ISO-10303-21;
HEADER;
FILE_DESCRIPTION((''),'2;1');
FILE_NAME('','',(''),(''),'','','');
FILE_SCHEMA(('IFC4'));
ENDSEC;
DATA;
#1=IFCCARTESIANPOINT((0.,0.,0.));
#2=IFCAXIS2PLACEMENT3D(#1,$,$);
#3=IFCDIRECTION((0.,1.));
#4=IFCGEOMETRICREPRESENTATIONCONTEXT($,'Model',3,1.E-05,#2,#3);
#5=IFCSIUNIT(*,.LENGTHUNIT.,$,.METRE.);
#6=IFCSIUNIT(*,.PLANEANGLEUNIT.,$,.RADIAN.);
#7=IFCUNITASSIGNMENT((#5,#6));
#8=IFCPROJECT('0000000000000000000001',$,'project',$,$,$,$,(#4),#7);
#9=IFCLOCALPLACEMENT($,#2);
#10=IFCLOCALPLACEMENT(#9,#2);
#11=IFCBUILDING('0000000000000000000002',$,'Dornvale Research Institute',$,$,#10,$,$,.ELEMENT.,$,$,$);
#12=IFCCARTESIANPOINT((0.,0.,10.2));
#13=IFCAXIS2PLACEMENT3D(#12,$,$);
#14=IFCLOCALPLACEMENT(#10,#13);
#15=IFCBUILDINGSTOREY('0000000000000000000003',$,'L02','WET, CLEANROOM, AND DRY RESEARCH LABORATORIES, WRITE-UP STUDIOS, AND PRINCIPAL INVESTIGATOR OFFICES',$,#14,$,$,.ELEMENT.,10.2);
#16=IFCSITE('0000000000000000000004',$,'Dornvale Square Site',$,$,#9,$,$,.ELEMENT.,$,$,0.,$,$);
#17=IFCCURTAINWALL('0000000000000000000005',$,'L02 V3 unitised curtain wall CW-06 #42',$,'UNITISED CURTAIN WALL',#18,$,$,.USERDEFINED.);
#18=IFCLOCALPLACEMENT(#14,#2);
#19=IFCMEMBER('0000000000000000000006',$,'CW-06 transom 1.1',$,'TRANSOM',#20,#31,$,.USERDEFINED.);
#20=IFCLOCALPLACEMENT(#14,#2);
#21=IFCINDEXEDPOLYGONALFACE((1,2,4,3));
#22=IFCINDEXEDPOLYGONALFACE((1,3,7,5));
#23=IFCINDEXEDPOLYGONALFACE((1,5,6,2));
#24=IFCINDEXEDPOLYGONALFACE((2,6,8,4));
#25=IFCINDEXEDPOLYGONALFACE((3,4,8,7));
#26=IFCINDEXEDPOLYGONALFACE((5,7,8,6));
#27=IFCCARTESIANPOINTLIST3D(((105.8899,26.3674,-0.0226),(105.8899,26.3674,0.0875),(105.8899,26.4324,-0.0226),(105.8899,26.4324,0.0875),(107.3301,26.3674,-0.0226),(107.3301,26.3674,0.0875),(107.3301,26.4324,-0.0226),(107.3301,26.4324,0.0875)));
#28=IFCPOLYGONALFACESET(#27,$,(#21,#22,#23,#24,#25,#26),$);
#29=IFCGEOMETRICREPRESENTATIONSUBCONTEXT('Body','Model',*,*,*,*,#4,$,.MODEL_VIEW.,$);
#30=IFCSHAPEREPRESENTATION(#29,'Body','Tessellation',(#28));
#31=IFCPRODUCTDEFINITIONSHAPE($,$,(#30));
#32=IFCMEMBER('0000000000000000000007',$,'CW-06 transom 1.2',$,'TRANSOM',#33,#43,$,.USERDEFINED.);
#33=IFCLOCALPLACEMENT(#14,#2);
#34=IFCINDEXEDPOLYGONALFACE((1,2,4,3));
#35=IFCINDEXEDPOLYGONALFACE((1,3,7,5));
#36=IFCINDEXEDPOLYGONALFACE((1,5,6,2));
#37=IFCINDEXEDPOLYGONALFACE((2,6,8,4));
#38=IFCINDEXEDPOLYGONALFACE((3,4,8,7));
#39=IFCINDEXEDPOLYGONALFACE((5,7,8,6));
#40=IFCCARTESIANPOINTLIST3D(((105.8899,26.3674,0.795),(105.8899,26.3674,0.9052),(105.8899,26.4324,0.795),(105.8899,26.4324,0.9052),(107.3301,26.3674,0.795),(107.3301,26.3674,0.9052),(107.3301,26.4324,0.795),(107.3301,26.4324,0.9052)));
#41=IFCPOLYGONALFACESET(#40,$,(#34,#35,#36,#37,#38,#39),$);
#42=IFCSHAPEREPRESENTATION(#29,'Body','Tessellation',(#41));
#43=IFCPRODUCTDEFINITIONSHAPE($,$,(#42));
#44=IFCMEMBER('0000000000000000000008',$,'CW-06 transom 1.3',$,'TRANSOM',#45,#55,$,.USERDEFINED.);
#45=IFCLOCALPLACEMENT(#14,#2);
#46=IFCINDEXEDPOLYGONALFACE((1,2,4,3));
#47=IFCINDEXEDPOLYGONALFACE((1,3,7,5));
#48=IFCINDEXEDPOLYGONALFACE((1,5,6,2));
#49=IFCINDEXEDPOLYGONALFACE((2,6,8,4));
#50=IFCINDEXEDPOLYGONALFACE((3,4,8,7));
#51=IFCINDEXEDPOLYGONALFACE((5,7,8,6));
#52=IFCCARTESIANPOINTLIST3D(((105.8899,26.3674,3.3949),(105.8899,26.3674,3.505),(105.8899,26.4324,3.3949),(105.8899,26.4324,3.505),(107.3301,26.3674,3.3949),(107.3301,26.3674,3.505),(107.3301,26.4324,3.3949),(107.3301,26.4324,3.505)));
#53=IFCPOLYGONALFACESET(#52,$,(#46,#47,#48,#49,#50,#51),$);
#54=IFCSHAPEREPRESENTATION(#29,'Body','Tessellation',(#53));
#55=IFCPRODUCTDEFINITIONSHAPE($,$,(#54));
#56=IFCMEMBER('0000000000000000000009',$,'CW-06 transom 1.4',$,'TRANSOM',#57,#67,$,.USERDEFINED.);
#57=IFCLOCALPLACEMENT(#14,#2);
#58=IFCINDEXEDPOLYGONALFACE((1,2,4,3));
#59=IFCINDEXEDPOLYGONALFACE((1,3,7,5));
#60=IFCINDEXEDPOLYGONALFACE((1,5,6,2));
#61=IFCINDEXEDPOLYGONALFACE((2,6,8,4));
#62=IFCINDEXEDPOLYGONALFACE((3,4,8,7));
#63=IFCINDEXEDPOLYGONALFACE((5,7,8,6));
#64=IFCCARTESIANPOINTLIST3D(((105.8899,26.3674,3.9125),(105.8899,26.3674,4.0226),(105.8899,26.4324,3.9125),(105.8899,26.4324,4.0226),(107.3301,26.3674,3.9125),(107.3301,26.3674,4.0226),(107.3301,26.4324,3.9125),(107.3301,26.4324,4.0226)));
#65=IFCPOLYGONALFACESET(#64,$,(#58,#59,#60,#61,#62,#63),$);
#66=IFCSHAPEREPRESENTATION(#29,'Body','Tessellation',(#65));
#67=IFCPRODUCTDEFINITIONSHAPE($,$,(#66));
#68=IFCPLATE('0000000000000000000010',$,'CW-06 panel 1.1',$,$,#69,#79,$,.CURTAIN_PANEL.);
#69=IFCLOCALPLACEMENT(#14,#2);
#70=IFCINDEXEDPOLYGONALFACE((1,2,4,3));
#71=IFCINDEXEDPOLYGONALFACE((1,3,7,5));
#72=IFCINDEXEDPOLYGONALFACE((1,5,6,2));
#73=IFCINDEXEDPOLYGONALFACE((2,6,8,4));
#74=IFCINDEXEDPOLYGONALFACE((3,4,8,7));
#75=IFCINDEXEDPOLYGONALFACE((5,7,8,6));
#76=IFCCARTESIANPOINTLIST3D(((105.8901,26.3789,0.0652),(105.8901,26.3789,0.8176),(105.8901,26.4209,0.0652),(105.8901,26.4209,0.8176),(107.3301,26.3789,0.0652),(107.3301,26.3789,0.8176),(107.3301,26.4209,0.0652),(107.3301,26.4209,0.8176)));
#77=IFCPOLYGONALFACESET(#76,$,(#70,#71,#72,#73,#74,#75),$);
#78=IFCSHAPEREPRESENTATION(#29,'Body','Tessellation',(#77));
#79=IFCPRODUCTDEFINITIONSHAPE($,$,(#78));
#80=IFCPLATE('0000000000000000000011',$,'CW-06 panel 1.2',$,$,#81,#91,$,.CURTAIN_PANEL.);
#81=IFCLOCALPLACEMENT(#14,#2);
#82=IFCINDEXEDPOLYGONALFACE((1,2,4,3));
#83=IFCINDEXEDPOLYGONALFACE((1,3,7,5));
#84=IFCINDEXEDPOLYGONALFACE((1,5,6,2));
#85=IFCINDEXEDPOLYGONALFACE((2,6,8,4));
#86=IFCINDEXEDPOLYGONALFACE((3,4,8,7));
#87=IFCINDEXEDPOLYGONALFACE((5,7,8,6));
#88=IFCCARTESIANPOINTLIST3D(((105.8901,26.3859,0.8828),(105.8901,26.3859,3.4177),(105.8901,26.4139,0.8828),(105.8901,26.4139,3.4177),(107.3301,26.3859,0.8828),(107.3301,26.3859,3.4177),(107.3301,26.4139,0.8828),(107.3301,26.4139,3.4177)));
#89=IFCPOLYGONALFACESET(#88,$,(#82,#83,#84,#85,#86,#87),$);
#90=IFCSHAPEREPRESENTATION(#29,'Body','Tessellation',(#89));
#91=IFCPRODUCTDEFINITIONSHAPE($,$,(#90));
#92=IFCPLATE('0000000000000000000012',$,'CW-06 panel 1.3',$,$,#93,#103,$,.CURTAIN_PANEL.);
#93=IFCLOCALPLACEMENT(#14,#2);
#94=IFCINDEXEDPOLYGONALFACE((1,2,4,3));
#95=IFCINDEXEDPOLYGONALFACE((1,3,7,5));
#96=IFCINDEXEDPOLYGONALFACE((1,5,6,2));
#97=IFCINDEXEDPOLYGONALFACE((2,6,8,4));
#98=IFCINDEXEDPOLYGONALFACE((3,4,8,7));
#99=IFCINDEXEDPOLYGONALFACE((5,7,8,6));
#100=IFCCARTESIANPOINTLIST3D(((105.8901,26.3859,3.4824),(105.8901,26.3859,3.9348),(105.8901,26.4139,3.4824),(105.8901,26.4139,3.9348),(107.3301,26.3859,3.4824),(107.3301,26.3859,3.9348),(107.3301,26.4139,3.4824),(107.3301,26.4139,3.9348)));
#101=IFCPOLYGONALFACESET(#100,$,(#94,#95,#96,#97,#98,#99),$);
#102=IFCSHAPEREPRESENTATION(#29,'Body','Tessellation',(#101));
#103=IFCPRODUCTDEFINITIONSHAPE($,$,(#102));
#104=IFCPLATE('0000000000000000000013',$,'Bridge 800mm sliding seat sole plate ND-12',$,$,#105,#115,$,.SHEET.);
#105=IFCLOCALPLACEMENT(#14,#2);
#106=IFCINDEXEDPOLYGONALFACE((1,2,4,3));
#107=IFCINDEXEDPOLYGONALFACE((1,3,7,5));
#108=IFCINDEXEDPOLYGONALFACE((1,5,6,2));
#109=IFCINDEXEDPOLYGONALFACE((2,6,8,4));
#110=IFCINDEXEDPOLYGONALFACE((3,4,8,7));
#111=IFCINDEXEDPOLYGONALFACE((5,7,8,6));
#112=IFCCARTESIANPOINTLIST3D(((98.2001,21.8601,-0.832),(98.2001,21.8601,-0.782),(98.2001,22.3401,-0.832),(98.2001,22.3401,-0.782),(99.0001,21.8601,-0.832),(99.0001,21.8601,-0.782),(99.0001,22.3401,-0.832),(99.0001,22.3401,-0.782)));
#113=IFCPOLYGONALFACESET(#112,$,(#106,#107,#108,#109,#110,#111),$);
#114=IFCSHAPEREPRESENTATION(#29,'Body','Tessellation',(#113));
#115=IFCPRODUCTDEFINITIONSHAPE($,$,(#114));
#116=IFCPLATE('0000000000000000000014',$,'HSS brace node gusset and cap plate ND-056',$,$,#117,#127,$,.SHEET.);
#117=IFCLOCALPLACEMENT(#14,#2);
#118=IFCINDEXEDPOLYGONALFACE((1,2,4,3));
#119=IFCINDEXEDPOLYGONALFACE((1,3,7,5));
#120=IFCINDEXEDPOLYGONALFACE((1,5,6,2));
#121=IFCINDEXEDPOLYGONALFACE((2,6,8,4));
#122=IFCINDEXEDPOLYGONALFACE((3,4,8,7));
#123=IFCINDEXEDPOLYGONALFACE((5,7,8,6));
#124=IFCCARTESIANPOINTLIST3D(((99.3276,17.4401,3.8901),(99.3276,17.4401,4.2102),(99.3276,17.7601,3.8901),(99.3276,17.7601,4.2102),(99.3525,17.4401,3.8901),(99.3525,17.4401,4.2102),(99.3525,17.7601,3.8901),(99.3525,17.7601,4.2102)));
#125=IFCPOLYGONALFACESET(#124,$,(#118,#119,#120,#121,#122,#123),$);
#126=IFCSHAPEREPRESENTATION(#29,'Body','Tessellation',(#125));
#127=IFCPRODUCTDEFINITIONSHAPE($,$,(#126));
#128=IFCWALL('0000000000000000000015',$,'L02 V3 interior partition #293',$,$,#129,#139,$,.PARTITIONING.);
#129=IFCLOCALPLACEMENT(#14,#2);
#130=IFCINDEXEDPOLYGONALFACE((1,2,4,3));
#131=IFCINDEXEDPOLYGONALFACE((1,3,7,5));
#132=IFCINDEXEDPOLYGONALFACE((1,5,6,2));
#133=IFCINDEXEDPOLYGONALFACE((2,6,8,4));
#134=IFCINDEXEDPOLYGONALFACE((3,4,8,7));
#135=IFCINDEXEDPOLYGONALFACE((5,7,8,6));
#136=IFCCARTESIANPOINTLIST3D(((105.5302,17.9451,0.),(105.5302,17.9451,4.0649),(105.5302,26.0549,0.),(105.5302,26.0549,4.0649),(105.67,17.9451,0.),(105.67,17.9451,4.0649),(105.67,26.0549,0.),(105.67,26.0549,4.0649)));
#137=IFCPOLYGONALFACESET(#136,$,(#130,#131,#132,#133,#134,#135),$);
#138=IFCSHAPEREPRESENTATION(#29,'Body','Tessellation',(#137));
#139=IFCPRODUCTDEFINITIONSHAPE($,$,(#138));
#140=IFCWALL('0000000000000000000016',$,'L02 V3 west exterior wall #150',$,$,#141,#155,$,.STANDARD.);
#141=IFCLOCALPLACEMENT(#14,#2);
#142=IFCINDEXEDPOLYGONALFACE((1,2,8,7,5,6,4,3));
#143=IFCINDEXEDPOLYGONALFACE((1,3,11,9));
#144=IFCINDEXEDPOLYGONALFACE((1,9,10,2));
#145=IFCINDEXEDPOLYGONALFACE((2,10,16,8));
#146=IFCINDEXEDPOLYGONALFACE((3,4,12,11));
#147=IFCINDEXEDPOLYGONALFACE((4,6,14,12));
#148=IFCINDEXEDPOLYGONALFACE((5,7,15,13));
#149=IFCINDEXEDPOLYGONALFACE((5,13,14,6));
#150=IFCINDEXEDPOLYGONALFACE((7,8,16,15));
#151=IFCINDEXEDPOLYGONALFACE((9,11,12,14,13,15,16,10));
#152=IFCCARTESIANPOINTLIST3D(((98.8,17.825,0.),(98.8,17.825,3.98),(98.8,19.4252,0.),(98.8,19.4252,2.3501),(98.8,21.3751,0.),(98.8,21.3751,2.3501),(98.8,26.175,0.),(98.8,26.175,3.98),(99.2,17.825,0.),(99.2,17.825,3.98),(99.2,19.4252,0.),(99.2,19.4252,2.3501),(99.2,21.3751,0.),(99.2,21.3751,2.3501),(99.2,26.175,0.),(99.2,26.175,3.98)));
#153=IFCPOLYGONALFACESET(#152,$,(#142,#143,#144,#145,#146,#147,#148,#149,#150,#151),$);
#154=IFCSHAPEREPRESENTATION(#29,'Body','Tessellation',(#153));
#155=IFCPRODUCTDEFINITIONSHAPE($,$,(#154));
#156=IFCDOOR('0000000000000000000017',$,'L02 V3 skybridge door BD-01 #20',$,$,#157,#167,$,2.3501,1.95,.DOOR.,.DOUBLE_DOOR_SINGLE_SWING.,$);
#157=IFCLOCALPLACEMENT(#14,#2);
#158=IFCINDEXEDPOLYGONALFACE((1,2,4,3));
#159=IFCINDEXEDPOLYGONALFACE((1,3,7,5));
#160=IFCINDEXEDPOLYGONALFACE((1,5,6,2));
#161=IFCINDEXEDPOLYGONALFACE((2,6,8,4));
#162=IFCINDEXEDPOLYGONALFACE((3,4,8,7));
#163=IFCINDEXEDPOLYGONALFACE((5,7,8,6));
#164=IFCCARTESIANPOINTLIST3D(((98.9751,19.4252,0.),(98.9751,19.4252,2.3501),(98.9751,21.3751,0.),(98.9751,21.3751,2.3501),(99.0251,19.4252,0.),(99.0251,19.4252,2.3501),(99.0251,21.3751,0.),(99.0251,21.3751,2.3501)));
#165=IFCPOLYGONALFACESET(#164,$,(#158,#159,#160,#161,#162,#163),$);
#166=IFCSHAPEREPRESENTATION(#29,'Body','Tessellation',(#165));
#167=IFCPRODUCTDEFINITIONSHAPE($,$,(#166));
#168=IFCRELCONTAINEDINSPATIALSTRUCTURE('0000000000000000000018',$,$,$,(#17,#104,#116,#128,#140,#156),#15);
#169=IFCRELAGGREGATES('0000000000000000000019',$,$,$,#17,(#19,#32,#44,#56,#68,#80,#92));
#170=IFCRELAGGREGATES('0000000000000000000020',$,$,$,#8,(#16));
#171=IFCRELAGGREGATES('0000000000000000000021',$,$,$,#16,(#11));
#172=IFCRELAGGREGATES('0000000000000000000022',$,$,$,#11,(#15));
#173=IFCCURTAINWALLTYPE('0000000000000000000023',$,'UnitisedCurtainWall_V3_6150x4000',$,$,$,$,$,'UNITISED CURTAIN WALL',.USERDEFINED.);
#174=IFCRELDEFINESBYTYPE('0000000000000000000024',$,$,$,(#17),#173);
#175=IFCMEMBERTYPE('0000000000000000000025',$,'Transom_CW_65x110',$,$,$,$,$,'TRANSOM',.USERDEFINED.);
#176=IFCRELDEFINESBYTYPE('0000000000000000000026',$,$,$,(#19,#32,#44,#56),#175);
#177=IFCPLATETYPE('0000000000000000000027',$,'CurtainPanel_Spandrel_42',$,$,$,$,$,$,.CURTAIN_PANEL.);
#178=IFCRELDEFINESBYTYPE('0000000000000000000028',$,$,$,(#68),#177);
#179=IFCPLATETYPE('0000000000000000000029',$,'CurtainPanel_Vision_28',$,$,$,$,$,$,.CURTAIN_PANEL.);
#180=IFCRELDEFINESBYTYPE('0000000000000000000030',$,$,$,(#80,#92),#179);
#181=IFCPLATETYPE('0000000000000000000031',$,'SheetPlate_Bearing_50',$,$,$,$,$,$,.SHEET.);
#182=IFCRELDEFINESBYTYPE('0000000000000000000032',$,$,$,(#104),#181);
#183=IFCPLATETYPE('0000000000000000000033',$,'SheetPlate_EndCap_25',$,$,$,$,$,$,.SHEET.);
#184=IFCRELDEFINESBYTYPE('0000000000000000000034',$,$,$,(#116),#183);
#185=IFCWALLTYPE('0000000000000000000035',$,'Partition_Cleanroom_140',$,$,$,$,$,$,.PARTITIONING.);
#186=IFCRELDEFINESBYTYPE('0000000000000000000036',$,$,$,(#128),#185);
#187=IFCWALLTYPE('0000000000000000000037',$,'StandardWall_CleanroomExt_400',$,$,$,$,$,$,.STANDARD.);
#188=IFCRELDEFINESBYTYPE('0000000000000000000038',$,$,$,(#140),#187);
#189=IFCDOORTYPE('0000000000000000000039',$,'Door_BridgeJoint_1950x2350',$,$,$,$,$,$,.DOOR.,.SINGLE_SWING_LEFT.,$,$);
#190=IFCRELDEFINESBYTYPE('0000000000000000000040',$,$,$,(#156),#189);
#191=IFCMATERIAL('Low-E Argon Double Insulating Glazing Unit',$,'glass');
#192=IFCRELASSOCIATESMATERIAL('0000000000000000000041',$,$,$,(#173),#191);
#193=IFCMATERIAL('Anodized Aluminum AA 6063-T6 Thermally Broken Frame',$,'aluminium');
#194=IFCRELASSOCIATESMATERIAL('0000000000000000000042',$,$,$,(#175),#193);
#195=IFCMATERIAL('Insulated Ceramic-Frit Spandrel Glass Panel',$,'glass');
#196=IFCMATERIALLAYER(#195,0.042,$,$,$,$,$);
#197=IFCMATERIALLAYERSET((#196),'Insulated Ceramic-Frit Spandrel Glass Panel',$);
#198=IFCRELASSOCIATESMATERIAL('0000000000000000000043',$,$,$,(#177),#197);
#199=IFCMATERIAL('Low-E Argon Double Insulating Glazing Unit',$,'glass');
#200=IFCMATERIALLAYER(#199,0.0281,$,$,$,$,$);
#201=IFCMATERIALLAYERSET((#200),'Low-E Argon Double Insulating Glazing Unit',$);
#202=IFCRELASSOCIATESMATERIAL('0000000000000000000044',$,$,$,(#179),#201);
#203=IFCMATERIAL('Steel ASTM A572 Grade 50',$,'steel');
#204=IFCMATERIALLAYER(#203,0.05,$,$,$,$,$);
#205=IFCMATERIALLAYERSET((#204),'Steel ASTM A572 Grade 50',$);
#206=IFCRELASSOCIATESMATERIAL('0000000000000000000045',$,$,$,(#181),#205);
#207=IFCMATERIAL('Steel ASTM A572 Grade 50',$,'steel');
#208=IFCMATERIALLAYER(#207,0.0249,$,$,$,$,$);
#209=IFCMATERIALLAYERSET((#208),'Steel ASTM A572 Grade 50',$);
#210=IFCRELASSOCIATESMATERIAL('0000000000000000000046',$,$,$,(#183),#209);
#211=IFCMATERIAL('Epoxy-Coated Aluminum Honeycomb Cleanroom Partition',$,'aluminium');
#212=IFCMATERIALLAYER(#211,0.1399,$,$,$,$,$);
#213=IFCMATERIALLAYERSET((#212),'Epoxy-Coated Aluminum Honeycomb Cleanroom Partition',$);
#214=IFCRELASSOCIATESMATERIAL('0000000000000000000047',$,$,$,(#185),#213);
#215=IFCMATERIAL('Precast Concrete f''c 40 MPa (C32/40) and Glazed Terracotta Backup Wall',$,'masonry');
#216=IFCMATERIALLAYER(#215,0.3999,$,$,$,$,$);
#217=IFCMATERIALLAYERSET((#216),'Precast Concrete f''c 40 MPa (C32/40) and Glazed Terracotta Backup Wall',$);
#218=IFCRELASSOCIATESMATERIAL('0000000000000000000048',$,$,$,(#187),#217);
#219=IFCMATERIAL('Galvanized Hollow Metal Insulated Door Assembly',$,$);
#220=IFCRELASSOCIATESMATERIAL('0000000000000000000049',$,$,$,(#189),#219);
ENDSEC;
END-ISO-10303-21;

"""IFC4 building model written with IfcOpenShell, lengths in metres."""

from ifc_helpers import new_model, si_unit, direction, frame, frame_2d, origin, origin_2d, place, context, subcontext, project, spatial, rectangle, extrude, material, layer, layer_set, material_profile, profile_set, type_object, element, fill, aggregate, save


model = new_model("IFC4")

# Units and contexts
model_context = context("Model", 3, precision=1e-05, world=origin(), true_north=direction((0.0, 1.0)))
body_context = subcontext(model_context, "Body", "Model", "MODEL_VIEW")
ifc_project = project(units=[si_unit("LENGTHUNIT", "METRE"), si_unit("PLANEANGLEUNIT", "RADIAN")], contexts=[model_context])

# Site, building, storey
site_placement = place(None, origin())
site = spatial("IfcSite", under=ifc_project, at=site_placement, Name="Dornvale Square Site", CompositionType="ELEMENT", RefElevation=0.0)
building_placement = place(site_placement, origin())
building = spatial("IfcBuilding", under=site, at=building_placement, Name="Dornvale Research Institute", CompositionType="ELEMENT")
storey_placement = place(building_placement, frame((0.0, 0.0, 10.2)))
storey = spatial("IfcBuildingStorey", under=building, at=storey_placement, Name="L02", Description="WET, CLEANROOM, AND DRY RESEARCH LABORATORIES, WRITE-UP STUDIOS, AND PRINCIPAL INVESTIGATOR OFFICES", CompositionType="ELEMENT", Elevation=10.2)

# Curtain wall
ifc_material_1 = material(Name="Low-E Argon Double Insulating Glazing Unit", Category="glass")
curtain_wall_type_1 = type_object("IfcCurtainWallType", Name="UnitisedCurtainWall_V3_6150x4000", ElementType="UNITISED CURTAIN WALL", PredefinedType="USERDEFINED", material=ifc_material_1)
curtain_wall_1_placement = place(storey_placement, origin())
curtain_wall_1 = element("IfcCurtainWall", 1, at=curtain_wall_1_placement, inside=storey, type_object=curtain_wall_type_1, Name="L02 V3 unitised curtain wall CW-06 #42", ObjectType="UNITISED CURTAIN WALL", PredefinedType="USERDEFINED")

# Members
ifc_material_2 = material(Name="Anodized Aluminum AA 6063-T6 Thermally Broken Frame", Category="aluminium")
ifc_material_profile_1 = material_profile(ifc_material_2, rectangle(XDim=0.0649, YDim=0.1101, at=origin_2d()), Name="ALU TRANSOM 65x110")
ifc_profile_set_1 = profile_set([ifc_material_profile_1], Name="Anodized Aluminum AA 6063-T6 Thermally Broken Frame")
member_type_1 = type_object("IfcMemberType", Name="Transom_CW_65x110", ElementType="TRANSOM", PredefinedType="USERDEFINED", material=ifc_profile_set_1)
member_1_placement = place(storey_placement, frame((105.8899, 26.3999, 0.0325), z_axis=(1.0, 0.0, 0.0), x_axis=(0.0, 1.0, 0.0)))
member_1 = element("IfcMember", 2, at=member_1_placement, type_object=member_type_1, Name="CW-06 transom 1.1", ObjectType="TRANSOM", PredefinedType="USERDEFINED", context=body_context, shape_type="SweptSolid", body=[
    extrude(rectangle(XDim=0.0649, YDim=0.1101, at=origin_2d()), origin(), (0.0, 0.0, 1.0), 1.4402),
])
member_2_placement = place(storey_placement, frame((105.8899, 26.3999, 0.8501), z_axis=(1.0, 0.0, 0.0), x_axis=(0.0, 1.0, 0.0)))
member_2 = element("IfcMember", 3, at=member_2_placement, type_object=member_type_1, Name="CW-06 transom 1.2", ObjectType="TRANSOM", PredefinedType="USERDEFINED", context=body_context, shape_type="SweptSolid", body=[
    extrude(rectangle(XDim=0.0649, YDim=0.1101, at=origin_2d()), origin(), (0.0, 0.0, 1.0), 1.4402),
])
member_3_placement = place(storey_placement, frame((105.8899, 26.3999, 3.45), z_axis=(1.0, 0.0, 0.0), x_axis=(0.0, 1.0, 0.0)))
member_3 = element("IfcMember", 4, at=member_3_placement, type_object=member_type_1, Name="CW-06 transom 1.3", ObjectType="TRANSOM", PredefinedType="USERDEFINED", context=body_context, shape_type="SweptSolid", body=[
    extrude(rectangle(XDim=0.0649, YDim=0.1101, at=origin_2d()), origin(), (0.0, 0.0, 1.0), 1.4402),
])
member_4_placement = place(storey_placement, frame((105.8899, 26.3999, 3.9675), z_axis=(1.0, 0.0, 0.0), x_axis=(0.0, 1.0, 0.0)))
member_4 = element("IfcMember", 5, at=member_4_placement, type_object=member_type_1, Name="CW-06 transom 1.4", ObjectType="TRANSOM", PredefinedType="USERDEFINED", context=body_context, shape_type="SweptSolid", body=[
    extrude(rectangle(XDim=0.0649, YDim=0.1101, at=origin_2d()), origin(), (0.0, 0.0, 1.0), 1.4402),
])

# Plates
ifc_material_3 = material(Name="Insulated Ceramic-Frit Spandrel Glass Panel", Category="glass")
ifc_layer_1 = layer(ifc_material_3, 0.042)
ifc_layer_set_1 = layer_set([ifc_layer_1], Name="Insulated Ceramic-Frit Spandrel Glass Panel")
plate_type_1 = type_object("IfcPlateType", Name="CurtainPanel_Spandrel_42", PredefinedType="CURTAIN_PANEL", material=ifc_layer_set_1)
plate_1_placement = place(storey_placement, frame((106.6101, 26.3999, 0.0652), z_axis=(0.0, 0.0, 1.0), x_axis=(1.0, 0.0, 0.0)))
plate_1 = element("IfcPlate", 6, at=plate_1_placement, type_object=plate_type_1, Name="CW-06 panel 1.1", PredefinedType="CURTAIN_PANEL", context=body_context, shape_type="SweptSolid", body=[
    extrude(rectangle(XDim=1.4399, YDim=0.042, at=origin_2d()), origin(), (0.0, 0.0, 1.0), 0.7524),
])
ifc_material_4 = material(Name="Low-E Argon Double Insulating Glazing Unit", Category="glass")
ifc_layer_2 = layer(ifc_material_4, 0.0281)
ifc_layer_set_2 = layer_set([ifc_layer_2], Name="Low-E Argon Double Insulating Glazing Unit")
plate_type_2 = type_object("IfcPlateType", Name="CurtainPanel_Vision_28", PredefinedType="CURTAIN_PANEL", material=ifc_layer_set_2)
plate_2_placement = place(storey_placement, frame((106.6101, 26.3999, 0.8828), z_axis=(0.0, 0.0, 1.0), x_axis=(1.0, 0.0, 0.0)))
plate_2 = element("IfcPlate", 7, at=plate_2_placement, type_object=plate_type_2, Name="CW-06 panel 1.2", PredefinedType="CURTAIN_PANEL", context=body_context, shape_type="SweptSolid", body=[
    extrude(rectangle(XDim=1.4399, YDim=0.0281, at=origin_2d()), origin(), (0.0, 0.0, 1.0), 2.5349),
])
plate_3_placement = place(storey_placement, frame((106.6101, 26.3999, 3.4824), z_axis=(0.0, 0.0, 1.0), x_axis=(1.0, 0.0, 0.0)))
plate_3 = element("IfcPlate", 8, at=plate_3_placement, type_object=plate_type_2, Name="CW-06 panel 1.3", PredefinedType="CURTAIN_PANEL", context=body_context, shape_type="SweptSolid", body=[
    extrude(rectangle(XDim=1.4399, YDim=0.0281, at=origin_2d()), origin(), (0.0, 0.0, 1.0), 0.4524),
])
aggregate(curtain_wall_1, [member_1, member_2, member_3, member_4, plate_1, plate_2, plate_3])

# Plates
ifc_material_5 = material(Name="Steel ASTM A572 Grade 50", Category="steel")
ifc_layer_3 = layer(ifc_material_5, 0.05)
ifc_layer_set_3 = layer_set([ifc_layer_3], Name="Steel ASTM A572 Grade 50")
plate_type_3 = type_object("IfcPlateType", Name="SheetPlate_Bearing_50", PredefinedType="SHEET", material=ifc_layer_set_3)
plate_4_placement = place(storey_placement, frame((98.6001, 22.1001, -0.832), z_axis=(0.0, 0.0, 1.0), x_axis=(1.0, 0.0, 0.0)))
element("IfcPlate", 9, at=plate_4_placement, inside=storey, type_object=plate_type_3, Name="Bridge 800mm sliding seat sole plate ND-12", PredefinedType="SHEET", context=body_context, shape_type="SweptSolid", body=[
    extrude(rectangle(XDim=0.8, YDim=0.48, at=origin_2d()), origin(), (0.0, 0.0, 1.0), 0.05),
])
ifc_material_6 = material(Name="Steel ASTM A572 Grade 50", Category="steel")
ifc_layer_4 = layer(ifc_material_6, 0.0249)
ifc_layer_set_4 = layer_set([ifc_layer_4], Name="Steel ASTM A572 Grade 50")
plate_type_4 = type_object("IfcPlateType", Name="SheetPlate_EndCap_25", PredefinedType="SHEET", material=ifc_layer_set_4)
plate_5_placement = place(storey_placement, frame((99.3401, 17.6001, 3.8901), z_axis=(0.0, 0.0, 1.0), x_axis=(0.0, 1.0, 0.0)))
element("IfcPlate", 10, at=plate_5_placement, inside=storey, type_object=plate_type_4, Name="HSS brace node gusset and cap plate ND-056", PredefinedType="SHEET", context=body_context, shape_type="SweptSolid", body=[
    extrude(rectangle(XDim=0.3201, YDim=0.0249, at=origin_2d()), origin(), (0.0, 0.0, 1.0), 0.3201),
])

# Wall
ifc_material_7 = material(Name="Epoxy-Coated Aluminum Honeycomb Cleanroom Partition", Category="aluminium")
ifc_layer_5 = layer(ifc_material_7, 0.1399)
ifc_layer_set_5 = layer_set([ifc_layer_5], Name="Epoxy-Coated Aluminum Honeycomb Cleanroom Partition")
wall_type_1 = type_object("IfcWallType", Name="Partition_Cleanroom_140", PredefinedType="PARTITIONING", material=ifc_layer_set_5)
wall_1_placement = place(storey_placement, frame((105.6001, 17.9451, 0.0), z_axis=(0.0, 0.0, 1.0), x_axis=(0.0, 1.0, 0.0)))
element("IfcWall", 11, at=wall_1_placement, inside=storey, type_object=wall_type_1, Name="L02 V3 interior partition #293", PredefinedType="PARTITIONING", context=body_context, shape_type="SweptSolid", body=[
    extrude(rectangle(XDim=8.1099, YDim=0.1399, at=frame_2d((4.0549, 0.0))), origin(), (0.0, 0.0, 1.0), 4.0649),
])

# Wall, opening, door
ifc_material_8 = material(Name="Precast Concrete f'c 40 MPa (C32/40) and Glazed Terracotta Backup Wall", Category="masonry")
ifc_layer_6 = layer(ifc_material_8, 0.3999)
ifc_layer_set_6 = layer_set([ifc_layer_6], Name="Precast Concrete f'c 40 MPa (C32/40) and Glazed Terracotta Backup Wall")
wall_type_2 = type_object("IfcWallType", Name="StandardWall_CleanroomExt_400", PredefinedType="STANDARD", material=ifc_layer_set_6)
wall_2_placement = place(storey_placement, frame((99.0, 17.825, 0.0), z_axis=(0.0, 0.0, 1.0), x_axis=(0.0, 1.0, 0.0)))
wall_2 = element("IfcWall", 12, at=wall_2_placement, inside=storey, type_object=wall_type_2, Name="L02 V3 west exterior wall #150", PredefinedType="STANDARD", context=body_context, shape_type="SweptSolid", body=[
    extrude(rectangle(XDim=8.3501, YDim=0.3999, at=frame_2d((4.175, 0.0))), origin(), (0.0, 0.0, 1.0), 3.98),
])
opening_1_placement = place(wall_2_placement, frame((1.6001, 0.0, 0.0)))
opening_1 = element("IfcOpeningElement", 13, at=opening_1_placement, cuts=wall_2, PredefinedType="OPENING", context=body_context, shape_type="SweptSolid", body=[
    extrude(rectangle(XDim=1.95, YDim=2.3501, at=frame_2d((0.9751, 1.175))), frame((0.0, 0.2148, 0.0), z_axis=(0.0, -1.0, 0.0), x_axis=(1.0, 0.0, 0.0)), (0.0, 0.0, 1.0), 0.4299),
])
ifc_material_9 = material(Name="Galvanized Hollow Metal Insulated Door Assembly")
door_type = type_object("IfcDoorType", Name="Door_BridgeJoint_1950x2350", OperationType="SINGLE_SWING_LEFT", PredefinedType="DOOR", material=ifc_material_9)
door_placement = place(opening_1_placement, origin())
door = element("IfcDoor", 14, at=door_placement, inside=storey, type_object=door_type, Name="L02 V3 skybridge door BD-01 #20", OperationType="DOUBLE_DOOR_SINGLE_SWING", OverallHeight=2.3501, OverallWidth=1.95, PredefinedType="DOOR", context=body_context, shape_type="SweptSolid", body=[
    extrude(rectangle(XDim=1.95, YDim=2.3501, at=frame_2d((0.9751, 1.175))), frame((0.0, 0.0249, 0.0), z_axis=(0.0, -1.0, 0.0), x_axis=(1.0, 0.0, 0.0)), (0.0, 0.0, 1.0), 0.05),
])
fill(opening_1, door)

save(model, "model.ifc")
